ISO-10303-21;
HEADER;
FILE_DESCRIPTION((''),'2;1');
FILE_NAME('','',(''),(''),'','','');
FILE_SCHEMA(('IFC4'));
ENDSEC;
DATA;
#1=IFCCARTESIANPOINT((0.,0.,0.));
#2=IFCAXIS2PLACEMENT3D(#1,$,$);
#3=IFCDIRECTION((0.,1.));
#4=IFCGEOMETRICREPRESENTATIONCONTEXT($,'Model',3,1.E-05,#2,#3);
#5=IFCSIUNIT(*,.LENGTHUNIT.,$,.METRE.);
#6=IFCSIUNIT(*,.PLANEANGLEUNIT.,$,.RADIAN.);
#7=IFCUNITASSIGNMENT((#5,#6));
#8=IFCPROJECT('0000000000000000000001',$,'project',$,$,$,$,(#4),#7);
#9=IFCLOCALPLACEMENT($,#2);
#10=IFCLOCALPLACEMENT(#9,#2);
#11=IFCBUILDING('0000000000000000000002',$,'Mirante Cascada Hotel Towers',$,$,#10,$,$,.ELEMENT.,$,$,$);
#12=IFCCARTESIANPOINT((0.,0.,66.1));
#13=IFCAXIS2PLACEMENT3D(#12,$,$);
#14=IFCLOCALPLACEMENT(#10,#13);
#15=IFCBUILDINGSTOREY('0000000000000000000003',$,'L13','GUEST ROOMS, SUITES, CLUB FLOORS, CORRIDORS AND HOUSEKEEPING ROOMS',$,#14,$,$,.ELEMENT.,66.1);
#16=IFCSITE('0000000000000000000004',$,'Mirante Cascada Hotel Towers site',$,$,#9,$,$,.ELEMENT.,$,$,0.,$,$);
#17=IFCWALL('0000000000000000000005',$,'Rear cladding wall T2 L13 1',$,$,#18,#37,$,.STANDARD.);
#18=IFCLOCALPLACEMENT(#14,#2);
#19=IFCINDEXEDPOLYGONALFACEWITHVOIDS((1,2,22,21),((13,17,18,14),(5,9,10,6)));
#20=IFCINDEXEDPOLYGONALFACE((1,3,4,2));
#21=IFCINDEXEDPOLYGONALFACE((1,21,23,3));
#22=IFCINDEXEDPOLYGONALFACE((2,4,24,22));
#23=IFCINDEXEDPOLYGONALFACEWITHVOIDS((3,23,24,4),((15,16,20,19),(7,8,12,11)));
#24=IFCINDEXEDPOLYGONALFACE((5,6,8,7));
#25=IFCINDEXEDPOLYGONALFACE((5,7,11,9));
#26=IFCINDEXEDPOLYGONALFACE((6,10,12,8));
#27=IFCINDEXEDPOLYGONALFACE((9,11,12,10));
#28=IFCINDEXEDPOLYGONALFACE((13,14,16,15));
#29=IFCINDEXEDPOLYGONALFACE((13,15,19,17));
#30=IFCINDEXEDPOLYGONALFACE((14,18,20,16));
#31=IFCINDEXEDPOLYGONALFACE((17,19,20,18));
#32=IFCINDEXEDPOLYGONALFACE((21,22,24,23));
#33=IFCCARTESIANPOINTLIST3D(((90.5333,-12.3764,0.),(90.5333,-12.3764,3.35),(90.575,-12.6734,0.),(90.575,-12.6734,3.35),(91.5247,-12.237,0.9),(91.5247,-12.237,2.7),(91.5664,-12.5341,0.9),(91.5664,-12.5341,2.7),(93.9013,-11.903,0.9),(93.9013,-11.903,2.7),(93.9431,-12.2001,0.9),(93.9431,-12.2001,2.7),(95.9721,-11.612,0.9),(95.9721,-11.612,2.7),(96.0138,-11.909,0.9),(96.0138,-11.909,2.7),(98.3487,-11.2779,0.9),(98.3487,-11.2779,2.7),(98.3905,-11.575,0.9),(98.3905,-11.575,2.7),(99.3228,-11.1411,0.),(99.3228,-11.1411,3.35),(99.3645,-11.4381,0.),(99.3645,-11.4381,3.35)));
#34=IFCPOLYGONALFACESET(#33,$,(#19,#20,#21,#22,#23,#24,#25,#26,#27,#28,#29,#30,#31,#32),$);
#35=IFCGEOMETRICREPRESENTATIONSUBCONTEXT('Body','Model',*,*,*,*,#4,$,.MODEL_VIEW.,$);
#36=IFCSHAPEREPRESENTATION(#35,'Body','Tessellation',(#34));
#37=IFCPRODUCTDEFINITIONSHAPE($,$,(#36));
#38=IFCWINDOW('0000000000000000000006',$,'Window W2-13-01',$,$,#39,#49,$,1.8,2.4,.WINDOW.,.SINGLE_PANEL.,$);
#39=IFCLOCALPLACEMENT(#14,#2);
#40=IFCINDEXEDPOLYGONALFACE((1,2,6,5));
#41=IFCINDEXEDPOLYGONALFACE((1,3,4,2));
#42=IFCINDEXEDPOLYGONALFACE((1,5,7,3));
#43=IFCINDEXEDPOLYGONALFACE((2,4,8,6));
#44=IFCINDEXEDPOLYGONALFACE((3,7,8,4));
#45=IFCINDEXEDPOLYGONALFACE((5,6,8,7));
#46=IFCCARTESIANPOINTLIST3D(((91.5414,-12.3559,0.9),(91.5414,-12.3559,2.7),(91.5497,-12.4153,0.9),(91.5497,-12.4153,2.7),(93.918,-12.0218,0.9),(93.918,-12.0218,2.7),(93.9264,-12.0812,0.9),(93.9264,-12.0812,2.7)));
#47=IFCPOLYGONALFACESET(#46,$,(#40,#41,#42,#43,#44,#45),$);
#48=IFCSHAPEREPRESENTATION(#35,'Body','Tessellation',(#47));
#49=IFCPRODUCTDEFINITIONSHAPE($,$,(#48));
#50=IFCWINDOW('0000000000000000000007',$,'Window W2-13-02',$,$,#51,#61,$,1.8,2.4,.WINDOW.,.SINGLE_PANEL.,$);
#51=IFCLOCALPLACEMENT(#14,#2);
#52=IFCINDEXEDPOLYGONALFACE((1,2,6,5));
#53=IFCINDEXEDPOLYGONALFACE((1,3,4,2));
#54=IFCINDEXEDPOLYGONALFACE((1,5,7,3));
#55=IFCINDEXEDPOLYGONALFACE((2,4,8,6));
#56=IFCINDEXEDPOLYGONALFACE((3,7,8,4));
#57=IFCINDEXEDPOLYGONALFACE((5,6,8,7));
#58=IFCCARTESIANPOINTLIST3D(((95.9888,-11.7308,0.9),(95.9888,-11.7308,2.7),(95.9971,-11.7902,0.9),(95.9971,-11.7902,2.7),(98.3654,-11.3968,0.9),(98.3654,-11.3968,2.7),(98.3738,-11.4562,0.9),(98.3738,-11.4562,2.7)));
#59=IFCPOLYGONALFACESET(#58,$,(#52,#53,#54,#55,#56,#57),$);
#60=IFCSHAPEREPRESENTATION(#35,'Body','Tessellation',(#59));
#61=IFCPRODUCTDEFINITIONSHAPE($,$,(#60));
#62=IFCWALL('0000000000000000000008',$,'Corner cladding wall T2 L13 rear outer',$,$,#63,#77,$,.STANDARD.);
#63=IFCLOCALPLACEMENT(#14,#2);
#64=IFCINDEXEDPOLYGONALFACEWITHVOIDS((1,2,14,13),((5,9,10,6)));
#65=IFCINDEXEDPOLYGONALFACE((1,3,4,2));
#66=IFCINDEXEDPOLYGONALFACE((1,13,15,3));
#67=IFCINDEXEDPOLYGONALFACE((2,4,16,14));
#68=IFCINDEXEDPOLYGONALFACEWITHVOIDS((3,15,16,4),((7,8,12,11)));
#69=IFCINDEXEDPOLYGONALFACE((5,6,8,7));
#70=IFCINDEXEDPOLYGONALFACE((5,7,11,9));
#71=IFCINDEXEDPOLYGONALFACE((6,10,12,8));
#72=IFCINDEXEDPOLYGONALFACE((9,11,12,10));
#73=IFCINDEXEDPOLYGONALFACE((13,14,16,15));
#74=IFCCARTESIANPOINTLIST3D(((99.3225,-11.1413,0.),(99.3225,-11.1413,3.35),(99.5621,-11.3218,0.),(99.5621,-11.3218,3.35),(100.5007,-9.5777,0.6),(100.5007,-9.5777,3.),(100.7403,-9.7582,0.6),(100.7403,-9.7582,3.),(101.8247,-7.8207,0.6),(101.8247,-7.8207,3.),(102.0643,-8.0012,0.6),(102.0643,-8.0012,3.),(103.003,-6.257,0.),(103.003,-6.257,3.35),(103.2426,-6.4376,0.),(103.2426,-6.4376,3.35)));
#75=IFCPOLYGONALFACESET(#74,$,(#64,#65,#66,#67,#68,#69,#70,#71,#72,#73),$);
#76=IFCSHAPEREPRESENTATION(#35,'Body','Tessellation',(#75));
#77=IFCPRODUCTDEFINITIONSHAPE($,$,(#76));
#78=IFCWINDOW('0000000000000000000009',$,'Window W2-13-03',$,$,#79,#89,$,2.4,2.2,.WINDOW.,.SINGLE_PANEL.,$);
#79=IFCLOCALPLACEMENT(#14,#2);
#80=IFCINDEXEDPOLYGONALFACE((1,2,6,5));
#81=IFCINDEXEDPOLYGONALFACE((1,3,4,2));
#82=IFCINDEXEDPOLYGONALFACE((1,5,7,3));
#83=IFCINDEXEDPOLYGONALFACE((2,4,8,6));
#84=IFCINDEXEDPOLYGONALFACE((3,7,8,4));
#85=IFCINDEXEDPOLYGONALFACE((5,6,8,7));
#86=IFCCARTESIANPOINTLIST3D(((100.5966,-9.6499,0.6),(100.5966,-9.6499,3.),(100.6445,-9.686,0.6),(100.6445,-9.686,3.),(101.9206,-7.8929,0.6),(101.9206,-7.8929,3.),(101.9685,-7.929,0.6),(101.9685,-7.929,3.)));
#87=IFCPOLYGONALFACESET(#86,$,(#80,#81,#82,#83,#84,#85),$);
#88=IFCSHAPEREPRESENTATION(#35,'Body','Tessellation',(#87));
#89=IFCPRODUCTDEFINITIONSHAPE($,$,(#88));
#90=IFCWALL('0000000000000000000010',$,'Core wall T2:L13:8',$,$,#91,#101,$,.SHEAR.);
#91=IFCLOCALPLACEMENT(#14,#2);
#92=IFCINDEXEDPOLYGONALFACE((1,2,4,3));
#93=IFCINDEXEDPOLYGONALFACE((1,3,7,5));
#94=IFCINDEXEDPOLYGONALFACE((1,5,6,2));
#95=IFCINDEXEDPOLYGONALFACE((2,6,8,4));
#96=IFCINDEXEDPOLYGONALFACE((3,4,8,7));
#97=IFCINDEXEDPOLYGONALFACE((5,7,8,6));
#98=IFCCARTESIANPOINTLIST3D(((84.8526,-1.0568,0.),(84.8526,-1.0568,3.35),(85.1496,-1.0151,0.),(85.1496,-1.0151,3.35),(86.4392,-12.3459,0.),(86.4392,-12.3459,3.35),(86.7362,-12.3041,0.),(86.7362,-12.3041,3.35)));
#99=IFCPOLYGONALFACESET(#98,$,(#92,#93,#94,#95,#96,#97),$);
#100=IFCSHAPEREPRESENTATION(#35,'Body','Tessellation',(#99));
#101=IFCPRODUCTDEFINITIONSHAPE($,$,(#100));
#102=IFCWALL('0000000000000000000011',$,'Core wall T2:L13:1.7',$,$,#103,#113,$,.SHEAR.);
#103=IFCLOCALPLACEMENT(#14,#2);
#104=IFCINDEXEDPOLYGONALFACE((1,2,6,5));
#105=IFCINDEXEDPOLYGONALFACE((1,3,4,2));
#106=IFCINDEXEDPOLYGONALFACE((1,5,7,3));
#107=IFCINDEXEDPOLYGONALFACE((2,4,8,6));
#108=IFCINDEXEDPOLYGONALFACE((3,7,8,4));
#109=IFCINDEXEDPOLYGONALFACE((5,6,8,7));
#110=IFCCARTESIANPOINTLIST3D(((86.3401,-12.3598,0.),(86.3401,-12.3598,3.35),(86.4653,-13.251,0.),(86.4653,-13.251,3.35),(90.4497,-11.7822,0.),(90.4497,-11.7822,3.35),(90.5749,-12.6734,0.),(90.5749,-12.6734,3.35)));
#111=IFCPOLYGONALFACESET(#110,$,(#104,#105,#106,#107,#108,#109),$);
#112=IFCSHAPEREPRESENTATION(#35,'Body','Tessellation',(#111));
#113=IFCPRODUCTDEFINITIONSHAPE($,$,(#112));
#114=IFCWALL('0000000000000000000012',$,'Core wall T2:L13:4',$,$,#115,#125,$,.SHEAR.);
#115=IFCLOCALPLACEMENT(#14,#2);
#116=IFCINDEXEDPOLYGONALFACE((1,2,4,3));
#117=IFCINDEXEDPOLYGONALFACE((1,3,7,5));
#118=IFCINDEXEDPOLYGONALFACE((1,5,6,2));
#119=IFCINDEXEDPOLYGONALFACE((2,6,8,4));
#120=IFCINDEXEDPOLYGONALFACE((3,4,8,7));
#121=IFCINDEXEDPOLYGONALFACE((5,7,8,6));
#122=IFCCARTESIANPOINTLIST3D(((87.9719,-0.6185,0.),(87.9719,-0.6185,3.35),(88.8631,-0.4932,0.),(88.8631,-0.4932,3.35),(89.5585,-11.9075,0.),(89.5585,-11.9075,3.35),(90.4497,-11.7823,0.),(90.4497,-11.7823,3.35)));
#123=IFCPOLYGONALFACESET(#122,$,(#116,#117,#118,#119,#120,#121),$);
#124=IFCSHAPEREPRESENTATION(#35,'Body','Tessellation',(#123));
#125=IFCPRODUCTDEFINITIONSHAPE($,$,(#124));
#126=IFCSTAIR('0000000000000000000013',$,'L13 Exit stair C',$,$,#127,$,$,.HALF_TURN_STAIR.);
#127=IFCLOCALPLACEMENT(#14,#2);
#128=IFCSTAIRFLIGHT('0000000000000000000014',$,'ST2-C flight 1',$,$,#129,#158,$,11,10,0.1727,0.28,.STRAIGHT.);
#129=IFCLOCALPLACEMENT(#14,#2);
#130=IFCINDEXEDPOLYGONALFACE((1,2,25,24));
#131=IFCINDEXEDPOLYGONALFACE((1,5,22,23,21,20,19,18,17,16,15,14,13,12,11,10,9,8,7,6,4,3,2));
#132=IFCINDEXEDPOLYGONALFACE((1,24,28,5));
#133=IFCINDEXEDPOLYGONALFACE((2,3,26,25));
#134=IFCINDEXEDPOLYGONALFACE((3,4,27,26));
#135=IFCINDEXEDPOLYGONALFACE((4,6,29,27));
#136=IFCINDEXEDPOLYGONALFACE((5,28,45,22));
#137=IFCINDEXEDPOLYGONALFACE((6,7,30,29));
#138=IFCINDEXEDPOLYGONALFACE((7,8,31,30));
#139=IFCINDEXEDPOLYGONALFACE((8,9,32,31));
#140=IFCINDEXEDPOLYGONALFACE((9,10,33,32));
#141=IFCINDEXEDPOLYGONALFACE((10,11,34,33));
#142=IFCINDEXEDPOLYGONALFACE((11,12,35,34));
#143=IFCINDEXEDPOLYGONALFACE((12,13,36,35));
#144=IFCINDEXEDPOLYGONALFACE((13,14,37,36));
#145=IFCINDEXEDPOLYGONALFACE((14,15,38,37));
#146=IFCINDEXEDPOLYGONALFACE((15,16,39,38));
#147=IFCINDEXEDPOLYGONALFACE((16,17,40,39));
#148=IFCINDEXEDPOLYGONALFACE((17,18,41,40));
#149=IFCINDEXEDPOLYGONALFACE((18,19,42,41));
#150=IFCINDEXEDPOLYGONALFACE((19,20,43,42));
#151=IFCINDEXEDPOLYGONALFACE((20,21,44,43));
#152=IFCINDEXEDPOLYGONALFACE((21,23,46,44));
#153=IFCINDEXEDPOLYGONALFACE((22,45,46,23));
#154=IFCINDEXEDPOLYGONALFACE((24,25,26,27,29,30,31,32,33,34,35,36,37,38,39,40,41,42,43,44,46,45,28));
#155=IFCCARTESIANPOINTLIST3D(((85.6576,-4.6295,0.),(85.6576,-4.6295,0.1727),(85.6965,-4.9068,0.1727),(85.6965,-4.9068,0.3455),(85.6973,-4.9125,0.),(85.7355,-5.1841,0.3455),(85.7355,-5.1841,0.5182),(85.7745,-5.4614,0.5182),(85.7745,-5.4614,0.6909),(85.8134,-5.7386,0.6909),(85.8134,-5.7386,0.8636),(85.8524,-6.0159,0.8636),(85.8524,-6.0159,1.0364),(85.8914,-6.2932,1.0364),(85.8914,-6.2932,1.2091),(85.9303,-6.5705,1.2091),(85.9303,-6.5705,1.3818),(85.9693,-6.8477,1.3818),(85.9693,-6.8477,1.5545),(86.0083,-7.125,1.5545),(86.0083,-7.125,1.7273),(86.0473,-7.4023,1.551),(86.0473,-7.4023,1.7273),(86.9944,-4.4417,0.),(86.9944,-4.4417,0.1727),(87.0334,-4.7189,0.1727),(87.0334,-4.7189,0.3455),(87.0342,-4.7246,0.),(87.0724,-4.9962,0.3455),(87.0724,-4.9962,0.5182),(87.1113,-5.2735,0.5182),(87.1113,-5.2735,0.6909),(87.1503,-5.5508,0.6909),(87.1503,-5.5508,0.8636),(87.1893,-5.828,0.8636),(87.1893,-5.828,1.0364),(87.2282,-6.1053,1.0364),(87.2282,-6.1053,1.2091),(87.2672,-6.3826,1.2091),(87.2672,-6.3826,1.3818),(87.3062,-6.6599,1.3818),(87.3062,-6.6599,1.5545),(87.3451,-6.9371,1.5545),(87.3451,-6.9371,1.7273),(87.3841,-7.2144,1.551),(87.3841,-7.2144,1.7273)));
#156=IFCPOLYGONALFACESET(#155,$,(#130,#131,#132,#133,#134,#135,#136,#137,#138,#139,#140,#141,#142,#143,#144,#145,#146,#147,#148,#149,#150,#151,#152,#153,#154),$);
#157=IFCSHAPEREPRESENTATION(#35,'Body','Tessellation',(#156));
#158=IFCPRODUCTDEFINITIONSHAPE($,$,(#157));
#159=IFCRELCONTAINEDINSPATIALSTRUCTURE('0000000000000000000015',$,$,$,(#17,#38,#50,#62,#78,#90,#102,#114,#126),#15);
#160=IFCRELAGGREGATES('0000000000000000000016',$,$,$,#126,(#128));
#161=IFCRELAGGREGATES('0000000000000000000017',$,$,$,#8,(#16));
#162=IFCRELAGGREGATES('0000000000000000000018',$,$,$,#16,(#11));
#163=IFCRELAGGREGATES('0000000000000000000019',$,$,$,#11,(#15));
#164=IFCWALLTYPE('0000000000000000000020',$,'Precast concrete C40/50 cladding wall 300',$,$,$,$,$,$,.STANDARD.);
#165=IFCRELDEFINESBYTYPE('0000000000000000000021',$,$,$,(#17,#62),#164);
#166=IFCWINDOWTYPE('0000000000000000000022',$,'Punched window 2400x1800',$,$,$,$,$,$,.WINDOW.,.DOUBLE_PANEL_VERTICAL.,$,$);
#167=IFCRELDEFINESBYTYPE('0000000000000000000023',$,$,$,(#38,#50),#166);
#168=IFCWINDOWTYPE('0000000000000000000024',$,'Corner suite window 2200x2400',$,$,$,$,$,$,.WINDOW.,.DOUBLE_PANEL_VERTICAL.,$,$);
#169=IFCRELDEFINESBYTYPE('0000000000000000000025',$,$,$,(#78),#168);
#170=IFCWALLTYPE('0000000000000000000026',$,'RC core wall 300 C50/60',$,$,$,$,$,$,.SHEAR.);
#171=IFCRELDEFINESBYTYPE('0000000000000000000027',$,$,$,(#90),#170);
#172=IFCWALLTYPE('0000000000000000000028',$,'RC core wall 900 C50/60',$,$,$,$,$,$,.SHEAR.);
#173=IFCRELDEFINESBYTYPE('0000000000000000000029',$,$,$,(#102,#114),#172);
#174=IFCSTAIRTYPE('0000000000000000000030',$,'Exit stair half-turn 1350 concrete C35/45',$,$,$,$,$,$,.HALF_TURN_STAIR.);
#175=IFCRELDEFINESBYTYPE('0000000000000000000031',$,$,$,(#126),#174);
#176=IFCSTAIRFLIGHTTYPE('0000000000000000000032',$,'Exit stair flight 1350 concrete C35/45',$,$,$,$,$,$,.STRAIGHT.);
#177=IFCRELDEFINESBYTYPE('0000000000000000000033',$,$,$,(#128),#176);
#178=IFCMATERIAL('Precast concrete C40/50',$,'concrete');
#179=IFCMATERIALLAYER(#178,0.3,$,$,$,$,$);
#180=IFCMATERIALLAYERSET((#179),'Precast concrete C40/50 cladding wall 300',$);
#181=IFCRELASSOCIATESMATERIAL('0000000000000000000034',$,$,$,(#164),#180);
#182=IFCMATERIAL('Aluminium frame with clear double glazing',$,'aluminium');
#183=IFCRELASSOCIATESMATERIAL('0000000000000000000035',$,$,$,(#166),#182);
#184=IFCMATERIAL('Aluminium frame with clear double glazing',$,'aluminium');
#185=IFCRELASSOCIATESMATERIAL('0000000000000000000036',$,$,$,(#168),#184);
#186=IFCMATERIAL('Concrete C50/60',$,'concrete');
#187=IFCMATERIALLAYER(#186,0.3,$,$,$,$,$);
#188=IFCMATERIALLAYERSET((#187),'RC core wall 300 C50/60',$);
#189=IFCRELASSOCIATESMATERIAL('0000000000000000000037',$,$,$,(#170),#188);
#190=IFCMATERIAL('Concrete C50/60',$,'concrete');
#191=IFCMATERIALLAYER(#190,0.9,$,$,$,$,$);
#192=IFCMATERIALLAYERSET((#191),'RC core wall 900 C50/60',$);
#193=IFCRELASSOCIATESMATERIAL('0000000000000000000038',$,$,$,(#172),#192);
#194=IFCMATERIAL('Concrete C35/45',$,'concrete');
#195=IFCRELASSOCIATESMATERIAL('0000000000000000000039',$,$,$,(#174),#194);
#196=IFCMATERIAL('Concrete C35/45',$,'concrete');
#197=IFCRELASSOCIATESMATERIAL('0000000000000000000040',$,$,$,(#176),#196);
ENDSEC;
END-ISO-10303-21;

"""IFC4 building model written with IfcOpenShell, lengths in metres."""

from ifc_helpers import new_model, si_unit, direction, frame, frame_2d, origin, place, context, subcontext, project, spatial, polyline, rectangle, outline, extrude, material, layer, layer_set, type_object, element, fill, aggregate, save


model = new_model("IFC4")

# Units and contexts
model_context = context("Model", 3, precision=1e-05, world=origin(), true_north=direction((0.0, 1.0)))
body_context = subcontext(model_context, "Body", "Model", "MODEL_VIEW")
ifc_project = project(units=[si_unit("LENGTHUNIT", "METRE"), si_unit("PLANEANGLEUNIT", "RADIAN")], contexts=[model_context])

# Site, building, storey
site_placement = place(None, origin())
site = spatial("IfcSite", under=ifc_project, at=site_placement, Name="Mirante Cascada Hotel Towers site", CompositionType="ELEMENT", RefElevation=0.0)
building_placement = place(site_placement, origin())
building = spatial("IfcBuilding", under=site, at=building_placement, Name="Mirante Cascada Hotel Towers", CompositionType="ELEMENT")
storey_placement = place(building_placement, frame((0.0, 0.0, 66.1)))
storey = spatial("IfcBuildingStorey", under=building, at=storey_placement, Name="L13", Description="GUEST ROOMS, SUITES, CLUB FLOORS, CORRIDORS AND HOUSEKEEPING ROOMS", CompositionType="ELEMENT", Elevation=66.1)

# Wall, openings, windows
ifc_material_1 = material(Name="Precast concrete C40/50", Category="concrete")
ifc_layer_1 = layer(ifc_material_1, 0.3)
ifc_layer_set_1 = layer_set([ifc_layer_1], Name="Precast concrete C40/50 cladding wall 300")
wall_type_1 = type_object("IfcWallType", Name="Precast concrete C40/50 cladding wall 300", PredefinedType="STANDARD", material=ifc_layer_set_1)
wall_1_placement = place(storey_placement, frame((90.5541, -12.5249, 0.0), z_axis=(0.0, 0.0, 1.0), x_axis=(0.990268, 0.139175, 0.0)))
wall_1 = element("IfcWall", 1, at=wall_1_placement, inside=storey, type_object=wall_type_1, Name="Rear cladding wall T2 L13 1", PredefinedType="STANDARD", context=body_context, shape_type="SweptSolid", body=[
    extrude(rectangle(XDim=8.8759, YDim=0.3, at=frame_2d((4.438, 0.0))), origin(), (0.0, 0.0, 1.0), 3.35),
])
opening_1_placement = place(wall_1_placement, frame((1.0012, 0.0, 0.9)))
opening_1 = element("IfcOpeningElement", 2, at=opening_1_placement, cuts=wall_1, PredefinedType="OPENING", context=body_context, shape_type="SweptSolid", body=[
    extrude(rectangle(XDim=2.4, YDim=1.8, at=frame_2d((1.2, 0.9))), frame((0.0, 0.15, 0.0), z_axis=(0.0, -1.0, 0.0), x_axis=(1.0, 0.0, 0.0)), (0.0, 0.0, 1.0), 0.3),
])
opening_2_placement = place(wall_1_placement, frame((5.4923, 0.0, 0.9)))
opening_2 = element("IfcOpeningElement", 3, at=opening_2_placement, cuts=wall_1, PredefinedType="OPENING", context=body_context, shape_type="SweptSolid", body=[
    extrude(rectangle(XDim=2.4, YDim=1.8, at=frame_2d((1.2, 0.9))), frame((0.0, 0.15, 0.0), z_axis=(0.0, -1.0, 0.0), x_axis=(1.0, 0.0, 0.0)), (0.0, 0.0, 1.0), 0.3),
])
ifc_material_2 = material(Name="Aluminium frame with clear double glazing", Category="aluminium")
window_type_1 = type_object("IfcWindowType", Name="Punched window 2400x1800", PartitioningType="DOUBLE_PANEL_VERTICAL", PredefinedType="WINDOW", material=ifc_material_2)
window_1_placement = place(opening_1_placement, origin())
window_1 = element("IfcWindow", 4, at=window_1_placement, inside=storey, type_object=window_type_1, Name="Window W2-13-01", OverallHeight=1.8, OverallWidth=2.4, PartitioningType="SINGLE_PANEL", PredefinedType="WINDOW", context=body_context, shape_type="SweptSolid", body=[
    extrude(rectangle(XDim=2.4, YDim=1.8, at=frame_2d((1.2, 0.9))), frame((0.0, 0.03, 0.0), z_axis=(0.0, -1.0, 0.0), x_axis=(1.0, 0.0, 0.0)), (0.0, 0.0, 1.0), 0.06),
])
fill(opening_1, window_1)
window_2_placement = place(opening_2_placement, origin())
window_2 = element("IfcWindow", 5, at=window_2_placement, inside=storey, type_object=window_type_1, Name="Window W2-13-02", OverallHeight=1.8, OverallWidth=2.4, PartitioningType="SINGLE_PANEL", PredefinedType="WINDOW", context=body_context, shape_type="SweptSolid", body=[
    extrude(rectangle(XDim=2.4, YDim=1.8, at=frame_2d((1.2, 0.9))), frame((0.0, 0.03, 0.0), z_axis=(0.0, -1.0, 0.0), x_axis=(1.0, 0.0, 0.0)), (0.0, 0.0, 1.0), 0.06),
])
fill(opening_2, window_2)

# Wall, opening, window
wall_2_placement = place(storey_placement, frame((99.4423, -11.2315, 0.0), z_axis=(0.0, 0.0, 1.0), x_axis=(0.601814, 0.798636, 0.0)))
wall_2 = element("IfcWall", 6, at=wall_2_placement, inside=storey, type_object=wall_type_1, Name="Corner cladding wall T2 L13 rear outer", PredefinedType="STANDARD", context=body_context, shape_type="SweptSolid", body=[
    extrude(rectangle(XDim=6.1157, YDim=0.3, at=frame_2d((3.0578, 0.0))), origin(), (0.0, 0.0, 1.0), 3.35),
])
opening_3_placement = place(wall_2_placement, frame((1.9578, 0.0, 0.6)))
opening_3 = element("IfcOpeningElement", 7, at=opening_3_placement, cuts=wall_2, PredefinedType="OPENING", context=body_context, shape_type="SweptSolid", body=[
    extrude(rectangle(XDim=2.2, YDim=2.4, at=frame_2d((1.1, 1.2))), frame((0.0, 0.15, 0.0), z_axis=(0.0, -1.0, 0.0), x_axis=(1.0, 0.0, 0.0)), (0.0, 0.0, 1.0), 0.3),
])
ifc_material_3 = material(Name="Aluminium frame with clear double glazing", Category="aluminium")
window_type_2 = type_object("IfcWindowType", Name="Corner suite window 2200x2400", PartitioningType="DOUBLE_PANEL_VERTICAL", PredefinedType="WINDOW", material=ifc_material_3)
window_3_placement = place(opening_3_placement, origin())
window_3 = element("IfcWindow", 8, at=window_3_placement, inside=storey, type_object=window_type_2, Name="Window W2-13-03", OverallHeight=2.4, OverallWidth=2.2, PartitioningType="SINGLE_PANEL", PredefinedType="WINDOW", context=body_context, shape_type="SweptSolid", body=[
    extrude(rectangle(XDim=2.2, YDim=2.4, at=frame_2d((1.1, 1.2))), frame((0.0, 0.03, 0.0), z_axis=(0.0, -1.0, 0.0), x_axis=(1.0, 0.0, 0.0)), (0.0, 0.0, 1.0), 0.06),
])
fill(opening_3, window_3)

# Walls
ifc_material_4 = material(Name="Concrete C50/60", Category="concrete")
ifc_layer_2 = layer(ifc_material_4, 0.3)
ifc_layer_set_2 = layer_set([ifc_layer_2], Name="RC core wall 300 C50/60")
wall_type_2 = type_object("IfcWallType", Name="RC core wall 300 C50/60", PredefinedType="SHEAR", material=ifc_layer_set_2)
wall_3_placement = place(storey_placement, frame((86.5877, -12.325, 0.0), z_axis=(0.0, 0.0, 1.0), x_axis=(-0.139175, 0.990268, 0.0)))
element("IfcWall", 9, at=wall_3_placement, inside=storey, type_object=wall_type_2, Name="Core wall T2:L13:8", PredefinedType="SHEAR", context=body_context, shape_type="SweptSolid", body=[
    extrude(rectangle(XDim=11.4, YDim=0.3, at=frame_2d((5.7, 0.0))), origin(), (0.0, 0.0, 1.0), 3.35),
])
ifc_material_5 = material(Name="Concrete C50/60", Category="concrete")
ifc_layer_3 = layer(ifc_material_5, 0.9)
ifc_layer_set_3 = layer_set([ifc_layer_3], Name="RC core wall 900 C50/60")
wall_type_3 = type_object("IfcWallType", Name="RC core wall 900 C50/60", PredefinedType="SHEAR", material=ifc_layer_set_3)
wall_4_placement = place(storey_placement, frame((86.4027, -12.8054, 0.0), z_axis=(0.0, 0.0, 1.0), x_axis=(0.990267, 0.139181, 0.0)))
element("IfcWall", 10, at=wall_4_placement, inside=storey, type_object=wall_type_3, Name="Core wall T2:L13:1.7", PredefinedType="SHEAR", context=body_context, shape_type="SweptSolid", body=[
    extrude(rectangle(XDim=4.15, YDim=0.9, at=frame_2d((2.075, 0.0))), origin(), (0.0, 0.0, 1.0), 3.35),
])
wall_5_placement = place(storey_placement, frame((90.0041, -11.8449, 0.0), z_axis=(0.0, 0.0, 1.0), x_axis=(-0.139175, 0.990268, 0.0)))
element("IfcWall", 11, at=wall_5_placement, inside=storey, type_object=wall_type_3, Name="Core wall T2:L13:4", PredefinedType="SHEAR", context=body_context, shape_type="SweptSolid", body=[
    extrude(rectangle(XDim=11.4, YDim=0.9, at=frame_2d((5.7, 0.0))), origin(), (0.0, 0.0, 1.0), 3.35),
])

# Stair, stair flight
ifc_material_6 = material(Name="Concrete C35/45", Category="concrete")
stair_type = type_object("IfcStairType", Name="Exit stair half-turn 1350 concrete C35/45", PredefinedType="HALF_TURN_STAIR", material=ifc_material_6)
stair_placement = place(storey_placement, origin())
stair = element("IfcStair", 12, at=stair_placement, inside=storey, type_object=stair_type, Name="L13 Exit stair C", PredefinedType="HALF_TURN_STAIR")
ifc_material_7 = material(Name="Concrete C35/45", Category="concrete")
stair_flight_type = type_object("IfcStairFlightType", Name="Exit stair flight 1350 concrete C35/45", PredefinedType="STRAIGHT", material=ifc_material_7)
stair_flight_placement = place(storey_placement, frame((86.326, -4.5356, 0.0), z_axis=(0.0, 0.0, 1.0), x_axis=(0.139173, -0.990268, 0.0)))
stair_flight = element("IfcStairFlight", 13, at=stair_flight_placement, type_object=stair_flight_type, Name="ST2-C flight 1", NumberOfRisers=11, NumberOfTreads=10, PredefinedType="STRAIGHT", RiserHeight=0.1727, TreadLength=0.28, context=body_context, shape_type="SweptSolid", body=[
    extrude(outline(polyline([(0.0, 0.0), (0.0, 0.1727), (0.28, 0.1727), (0.28, 0.3455), (0.56, 0.3455), (0.56, 0.5182), (0.84, 0.5182), (0.84, 0.6909), (1.12, 0.6909), (1.12, 0.8636), (1.4, 0.8636), (1.4, 1.0364), (1.68, 1.0364), (1.68, 1.2091), (1.96, 1.2091), (1.96, 1.3818), (2.24, 1.3818), (2.24, 1.5545), (2.52, 1.5545), (2.52, 1.7273), (2.8, 1.7273), (2.8, 1.9), (2.8, 1.551), (0.2857, 0.0), (0.0, 0.0)])), frame((0.0, 0.675, 0.0), z_axis=(0.0, -1.0, 0.0), x_axis=(1.0, 0.0, 0.0)), (0.0, 0.0, 1.0), 1.35),
])
aggregate(stair, [stair_flight])

save(model, "model.ifc")
